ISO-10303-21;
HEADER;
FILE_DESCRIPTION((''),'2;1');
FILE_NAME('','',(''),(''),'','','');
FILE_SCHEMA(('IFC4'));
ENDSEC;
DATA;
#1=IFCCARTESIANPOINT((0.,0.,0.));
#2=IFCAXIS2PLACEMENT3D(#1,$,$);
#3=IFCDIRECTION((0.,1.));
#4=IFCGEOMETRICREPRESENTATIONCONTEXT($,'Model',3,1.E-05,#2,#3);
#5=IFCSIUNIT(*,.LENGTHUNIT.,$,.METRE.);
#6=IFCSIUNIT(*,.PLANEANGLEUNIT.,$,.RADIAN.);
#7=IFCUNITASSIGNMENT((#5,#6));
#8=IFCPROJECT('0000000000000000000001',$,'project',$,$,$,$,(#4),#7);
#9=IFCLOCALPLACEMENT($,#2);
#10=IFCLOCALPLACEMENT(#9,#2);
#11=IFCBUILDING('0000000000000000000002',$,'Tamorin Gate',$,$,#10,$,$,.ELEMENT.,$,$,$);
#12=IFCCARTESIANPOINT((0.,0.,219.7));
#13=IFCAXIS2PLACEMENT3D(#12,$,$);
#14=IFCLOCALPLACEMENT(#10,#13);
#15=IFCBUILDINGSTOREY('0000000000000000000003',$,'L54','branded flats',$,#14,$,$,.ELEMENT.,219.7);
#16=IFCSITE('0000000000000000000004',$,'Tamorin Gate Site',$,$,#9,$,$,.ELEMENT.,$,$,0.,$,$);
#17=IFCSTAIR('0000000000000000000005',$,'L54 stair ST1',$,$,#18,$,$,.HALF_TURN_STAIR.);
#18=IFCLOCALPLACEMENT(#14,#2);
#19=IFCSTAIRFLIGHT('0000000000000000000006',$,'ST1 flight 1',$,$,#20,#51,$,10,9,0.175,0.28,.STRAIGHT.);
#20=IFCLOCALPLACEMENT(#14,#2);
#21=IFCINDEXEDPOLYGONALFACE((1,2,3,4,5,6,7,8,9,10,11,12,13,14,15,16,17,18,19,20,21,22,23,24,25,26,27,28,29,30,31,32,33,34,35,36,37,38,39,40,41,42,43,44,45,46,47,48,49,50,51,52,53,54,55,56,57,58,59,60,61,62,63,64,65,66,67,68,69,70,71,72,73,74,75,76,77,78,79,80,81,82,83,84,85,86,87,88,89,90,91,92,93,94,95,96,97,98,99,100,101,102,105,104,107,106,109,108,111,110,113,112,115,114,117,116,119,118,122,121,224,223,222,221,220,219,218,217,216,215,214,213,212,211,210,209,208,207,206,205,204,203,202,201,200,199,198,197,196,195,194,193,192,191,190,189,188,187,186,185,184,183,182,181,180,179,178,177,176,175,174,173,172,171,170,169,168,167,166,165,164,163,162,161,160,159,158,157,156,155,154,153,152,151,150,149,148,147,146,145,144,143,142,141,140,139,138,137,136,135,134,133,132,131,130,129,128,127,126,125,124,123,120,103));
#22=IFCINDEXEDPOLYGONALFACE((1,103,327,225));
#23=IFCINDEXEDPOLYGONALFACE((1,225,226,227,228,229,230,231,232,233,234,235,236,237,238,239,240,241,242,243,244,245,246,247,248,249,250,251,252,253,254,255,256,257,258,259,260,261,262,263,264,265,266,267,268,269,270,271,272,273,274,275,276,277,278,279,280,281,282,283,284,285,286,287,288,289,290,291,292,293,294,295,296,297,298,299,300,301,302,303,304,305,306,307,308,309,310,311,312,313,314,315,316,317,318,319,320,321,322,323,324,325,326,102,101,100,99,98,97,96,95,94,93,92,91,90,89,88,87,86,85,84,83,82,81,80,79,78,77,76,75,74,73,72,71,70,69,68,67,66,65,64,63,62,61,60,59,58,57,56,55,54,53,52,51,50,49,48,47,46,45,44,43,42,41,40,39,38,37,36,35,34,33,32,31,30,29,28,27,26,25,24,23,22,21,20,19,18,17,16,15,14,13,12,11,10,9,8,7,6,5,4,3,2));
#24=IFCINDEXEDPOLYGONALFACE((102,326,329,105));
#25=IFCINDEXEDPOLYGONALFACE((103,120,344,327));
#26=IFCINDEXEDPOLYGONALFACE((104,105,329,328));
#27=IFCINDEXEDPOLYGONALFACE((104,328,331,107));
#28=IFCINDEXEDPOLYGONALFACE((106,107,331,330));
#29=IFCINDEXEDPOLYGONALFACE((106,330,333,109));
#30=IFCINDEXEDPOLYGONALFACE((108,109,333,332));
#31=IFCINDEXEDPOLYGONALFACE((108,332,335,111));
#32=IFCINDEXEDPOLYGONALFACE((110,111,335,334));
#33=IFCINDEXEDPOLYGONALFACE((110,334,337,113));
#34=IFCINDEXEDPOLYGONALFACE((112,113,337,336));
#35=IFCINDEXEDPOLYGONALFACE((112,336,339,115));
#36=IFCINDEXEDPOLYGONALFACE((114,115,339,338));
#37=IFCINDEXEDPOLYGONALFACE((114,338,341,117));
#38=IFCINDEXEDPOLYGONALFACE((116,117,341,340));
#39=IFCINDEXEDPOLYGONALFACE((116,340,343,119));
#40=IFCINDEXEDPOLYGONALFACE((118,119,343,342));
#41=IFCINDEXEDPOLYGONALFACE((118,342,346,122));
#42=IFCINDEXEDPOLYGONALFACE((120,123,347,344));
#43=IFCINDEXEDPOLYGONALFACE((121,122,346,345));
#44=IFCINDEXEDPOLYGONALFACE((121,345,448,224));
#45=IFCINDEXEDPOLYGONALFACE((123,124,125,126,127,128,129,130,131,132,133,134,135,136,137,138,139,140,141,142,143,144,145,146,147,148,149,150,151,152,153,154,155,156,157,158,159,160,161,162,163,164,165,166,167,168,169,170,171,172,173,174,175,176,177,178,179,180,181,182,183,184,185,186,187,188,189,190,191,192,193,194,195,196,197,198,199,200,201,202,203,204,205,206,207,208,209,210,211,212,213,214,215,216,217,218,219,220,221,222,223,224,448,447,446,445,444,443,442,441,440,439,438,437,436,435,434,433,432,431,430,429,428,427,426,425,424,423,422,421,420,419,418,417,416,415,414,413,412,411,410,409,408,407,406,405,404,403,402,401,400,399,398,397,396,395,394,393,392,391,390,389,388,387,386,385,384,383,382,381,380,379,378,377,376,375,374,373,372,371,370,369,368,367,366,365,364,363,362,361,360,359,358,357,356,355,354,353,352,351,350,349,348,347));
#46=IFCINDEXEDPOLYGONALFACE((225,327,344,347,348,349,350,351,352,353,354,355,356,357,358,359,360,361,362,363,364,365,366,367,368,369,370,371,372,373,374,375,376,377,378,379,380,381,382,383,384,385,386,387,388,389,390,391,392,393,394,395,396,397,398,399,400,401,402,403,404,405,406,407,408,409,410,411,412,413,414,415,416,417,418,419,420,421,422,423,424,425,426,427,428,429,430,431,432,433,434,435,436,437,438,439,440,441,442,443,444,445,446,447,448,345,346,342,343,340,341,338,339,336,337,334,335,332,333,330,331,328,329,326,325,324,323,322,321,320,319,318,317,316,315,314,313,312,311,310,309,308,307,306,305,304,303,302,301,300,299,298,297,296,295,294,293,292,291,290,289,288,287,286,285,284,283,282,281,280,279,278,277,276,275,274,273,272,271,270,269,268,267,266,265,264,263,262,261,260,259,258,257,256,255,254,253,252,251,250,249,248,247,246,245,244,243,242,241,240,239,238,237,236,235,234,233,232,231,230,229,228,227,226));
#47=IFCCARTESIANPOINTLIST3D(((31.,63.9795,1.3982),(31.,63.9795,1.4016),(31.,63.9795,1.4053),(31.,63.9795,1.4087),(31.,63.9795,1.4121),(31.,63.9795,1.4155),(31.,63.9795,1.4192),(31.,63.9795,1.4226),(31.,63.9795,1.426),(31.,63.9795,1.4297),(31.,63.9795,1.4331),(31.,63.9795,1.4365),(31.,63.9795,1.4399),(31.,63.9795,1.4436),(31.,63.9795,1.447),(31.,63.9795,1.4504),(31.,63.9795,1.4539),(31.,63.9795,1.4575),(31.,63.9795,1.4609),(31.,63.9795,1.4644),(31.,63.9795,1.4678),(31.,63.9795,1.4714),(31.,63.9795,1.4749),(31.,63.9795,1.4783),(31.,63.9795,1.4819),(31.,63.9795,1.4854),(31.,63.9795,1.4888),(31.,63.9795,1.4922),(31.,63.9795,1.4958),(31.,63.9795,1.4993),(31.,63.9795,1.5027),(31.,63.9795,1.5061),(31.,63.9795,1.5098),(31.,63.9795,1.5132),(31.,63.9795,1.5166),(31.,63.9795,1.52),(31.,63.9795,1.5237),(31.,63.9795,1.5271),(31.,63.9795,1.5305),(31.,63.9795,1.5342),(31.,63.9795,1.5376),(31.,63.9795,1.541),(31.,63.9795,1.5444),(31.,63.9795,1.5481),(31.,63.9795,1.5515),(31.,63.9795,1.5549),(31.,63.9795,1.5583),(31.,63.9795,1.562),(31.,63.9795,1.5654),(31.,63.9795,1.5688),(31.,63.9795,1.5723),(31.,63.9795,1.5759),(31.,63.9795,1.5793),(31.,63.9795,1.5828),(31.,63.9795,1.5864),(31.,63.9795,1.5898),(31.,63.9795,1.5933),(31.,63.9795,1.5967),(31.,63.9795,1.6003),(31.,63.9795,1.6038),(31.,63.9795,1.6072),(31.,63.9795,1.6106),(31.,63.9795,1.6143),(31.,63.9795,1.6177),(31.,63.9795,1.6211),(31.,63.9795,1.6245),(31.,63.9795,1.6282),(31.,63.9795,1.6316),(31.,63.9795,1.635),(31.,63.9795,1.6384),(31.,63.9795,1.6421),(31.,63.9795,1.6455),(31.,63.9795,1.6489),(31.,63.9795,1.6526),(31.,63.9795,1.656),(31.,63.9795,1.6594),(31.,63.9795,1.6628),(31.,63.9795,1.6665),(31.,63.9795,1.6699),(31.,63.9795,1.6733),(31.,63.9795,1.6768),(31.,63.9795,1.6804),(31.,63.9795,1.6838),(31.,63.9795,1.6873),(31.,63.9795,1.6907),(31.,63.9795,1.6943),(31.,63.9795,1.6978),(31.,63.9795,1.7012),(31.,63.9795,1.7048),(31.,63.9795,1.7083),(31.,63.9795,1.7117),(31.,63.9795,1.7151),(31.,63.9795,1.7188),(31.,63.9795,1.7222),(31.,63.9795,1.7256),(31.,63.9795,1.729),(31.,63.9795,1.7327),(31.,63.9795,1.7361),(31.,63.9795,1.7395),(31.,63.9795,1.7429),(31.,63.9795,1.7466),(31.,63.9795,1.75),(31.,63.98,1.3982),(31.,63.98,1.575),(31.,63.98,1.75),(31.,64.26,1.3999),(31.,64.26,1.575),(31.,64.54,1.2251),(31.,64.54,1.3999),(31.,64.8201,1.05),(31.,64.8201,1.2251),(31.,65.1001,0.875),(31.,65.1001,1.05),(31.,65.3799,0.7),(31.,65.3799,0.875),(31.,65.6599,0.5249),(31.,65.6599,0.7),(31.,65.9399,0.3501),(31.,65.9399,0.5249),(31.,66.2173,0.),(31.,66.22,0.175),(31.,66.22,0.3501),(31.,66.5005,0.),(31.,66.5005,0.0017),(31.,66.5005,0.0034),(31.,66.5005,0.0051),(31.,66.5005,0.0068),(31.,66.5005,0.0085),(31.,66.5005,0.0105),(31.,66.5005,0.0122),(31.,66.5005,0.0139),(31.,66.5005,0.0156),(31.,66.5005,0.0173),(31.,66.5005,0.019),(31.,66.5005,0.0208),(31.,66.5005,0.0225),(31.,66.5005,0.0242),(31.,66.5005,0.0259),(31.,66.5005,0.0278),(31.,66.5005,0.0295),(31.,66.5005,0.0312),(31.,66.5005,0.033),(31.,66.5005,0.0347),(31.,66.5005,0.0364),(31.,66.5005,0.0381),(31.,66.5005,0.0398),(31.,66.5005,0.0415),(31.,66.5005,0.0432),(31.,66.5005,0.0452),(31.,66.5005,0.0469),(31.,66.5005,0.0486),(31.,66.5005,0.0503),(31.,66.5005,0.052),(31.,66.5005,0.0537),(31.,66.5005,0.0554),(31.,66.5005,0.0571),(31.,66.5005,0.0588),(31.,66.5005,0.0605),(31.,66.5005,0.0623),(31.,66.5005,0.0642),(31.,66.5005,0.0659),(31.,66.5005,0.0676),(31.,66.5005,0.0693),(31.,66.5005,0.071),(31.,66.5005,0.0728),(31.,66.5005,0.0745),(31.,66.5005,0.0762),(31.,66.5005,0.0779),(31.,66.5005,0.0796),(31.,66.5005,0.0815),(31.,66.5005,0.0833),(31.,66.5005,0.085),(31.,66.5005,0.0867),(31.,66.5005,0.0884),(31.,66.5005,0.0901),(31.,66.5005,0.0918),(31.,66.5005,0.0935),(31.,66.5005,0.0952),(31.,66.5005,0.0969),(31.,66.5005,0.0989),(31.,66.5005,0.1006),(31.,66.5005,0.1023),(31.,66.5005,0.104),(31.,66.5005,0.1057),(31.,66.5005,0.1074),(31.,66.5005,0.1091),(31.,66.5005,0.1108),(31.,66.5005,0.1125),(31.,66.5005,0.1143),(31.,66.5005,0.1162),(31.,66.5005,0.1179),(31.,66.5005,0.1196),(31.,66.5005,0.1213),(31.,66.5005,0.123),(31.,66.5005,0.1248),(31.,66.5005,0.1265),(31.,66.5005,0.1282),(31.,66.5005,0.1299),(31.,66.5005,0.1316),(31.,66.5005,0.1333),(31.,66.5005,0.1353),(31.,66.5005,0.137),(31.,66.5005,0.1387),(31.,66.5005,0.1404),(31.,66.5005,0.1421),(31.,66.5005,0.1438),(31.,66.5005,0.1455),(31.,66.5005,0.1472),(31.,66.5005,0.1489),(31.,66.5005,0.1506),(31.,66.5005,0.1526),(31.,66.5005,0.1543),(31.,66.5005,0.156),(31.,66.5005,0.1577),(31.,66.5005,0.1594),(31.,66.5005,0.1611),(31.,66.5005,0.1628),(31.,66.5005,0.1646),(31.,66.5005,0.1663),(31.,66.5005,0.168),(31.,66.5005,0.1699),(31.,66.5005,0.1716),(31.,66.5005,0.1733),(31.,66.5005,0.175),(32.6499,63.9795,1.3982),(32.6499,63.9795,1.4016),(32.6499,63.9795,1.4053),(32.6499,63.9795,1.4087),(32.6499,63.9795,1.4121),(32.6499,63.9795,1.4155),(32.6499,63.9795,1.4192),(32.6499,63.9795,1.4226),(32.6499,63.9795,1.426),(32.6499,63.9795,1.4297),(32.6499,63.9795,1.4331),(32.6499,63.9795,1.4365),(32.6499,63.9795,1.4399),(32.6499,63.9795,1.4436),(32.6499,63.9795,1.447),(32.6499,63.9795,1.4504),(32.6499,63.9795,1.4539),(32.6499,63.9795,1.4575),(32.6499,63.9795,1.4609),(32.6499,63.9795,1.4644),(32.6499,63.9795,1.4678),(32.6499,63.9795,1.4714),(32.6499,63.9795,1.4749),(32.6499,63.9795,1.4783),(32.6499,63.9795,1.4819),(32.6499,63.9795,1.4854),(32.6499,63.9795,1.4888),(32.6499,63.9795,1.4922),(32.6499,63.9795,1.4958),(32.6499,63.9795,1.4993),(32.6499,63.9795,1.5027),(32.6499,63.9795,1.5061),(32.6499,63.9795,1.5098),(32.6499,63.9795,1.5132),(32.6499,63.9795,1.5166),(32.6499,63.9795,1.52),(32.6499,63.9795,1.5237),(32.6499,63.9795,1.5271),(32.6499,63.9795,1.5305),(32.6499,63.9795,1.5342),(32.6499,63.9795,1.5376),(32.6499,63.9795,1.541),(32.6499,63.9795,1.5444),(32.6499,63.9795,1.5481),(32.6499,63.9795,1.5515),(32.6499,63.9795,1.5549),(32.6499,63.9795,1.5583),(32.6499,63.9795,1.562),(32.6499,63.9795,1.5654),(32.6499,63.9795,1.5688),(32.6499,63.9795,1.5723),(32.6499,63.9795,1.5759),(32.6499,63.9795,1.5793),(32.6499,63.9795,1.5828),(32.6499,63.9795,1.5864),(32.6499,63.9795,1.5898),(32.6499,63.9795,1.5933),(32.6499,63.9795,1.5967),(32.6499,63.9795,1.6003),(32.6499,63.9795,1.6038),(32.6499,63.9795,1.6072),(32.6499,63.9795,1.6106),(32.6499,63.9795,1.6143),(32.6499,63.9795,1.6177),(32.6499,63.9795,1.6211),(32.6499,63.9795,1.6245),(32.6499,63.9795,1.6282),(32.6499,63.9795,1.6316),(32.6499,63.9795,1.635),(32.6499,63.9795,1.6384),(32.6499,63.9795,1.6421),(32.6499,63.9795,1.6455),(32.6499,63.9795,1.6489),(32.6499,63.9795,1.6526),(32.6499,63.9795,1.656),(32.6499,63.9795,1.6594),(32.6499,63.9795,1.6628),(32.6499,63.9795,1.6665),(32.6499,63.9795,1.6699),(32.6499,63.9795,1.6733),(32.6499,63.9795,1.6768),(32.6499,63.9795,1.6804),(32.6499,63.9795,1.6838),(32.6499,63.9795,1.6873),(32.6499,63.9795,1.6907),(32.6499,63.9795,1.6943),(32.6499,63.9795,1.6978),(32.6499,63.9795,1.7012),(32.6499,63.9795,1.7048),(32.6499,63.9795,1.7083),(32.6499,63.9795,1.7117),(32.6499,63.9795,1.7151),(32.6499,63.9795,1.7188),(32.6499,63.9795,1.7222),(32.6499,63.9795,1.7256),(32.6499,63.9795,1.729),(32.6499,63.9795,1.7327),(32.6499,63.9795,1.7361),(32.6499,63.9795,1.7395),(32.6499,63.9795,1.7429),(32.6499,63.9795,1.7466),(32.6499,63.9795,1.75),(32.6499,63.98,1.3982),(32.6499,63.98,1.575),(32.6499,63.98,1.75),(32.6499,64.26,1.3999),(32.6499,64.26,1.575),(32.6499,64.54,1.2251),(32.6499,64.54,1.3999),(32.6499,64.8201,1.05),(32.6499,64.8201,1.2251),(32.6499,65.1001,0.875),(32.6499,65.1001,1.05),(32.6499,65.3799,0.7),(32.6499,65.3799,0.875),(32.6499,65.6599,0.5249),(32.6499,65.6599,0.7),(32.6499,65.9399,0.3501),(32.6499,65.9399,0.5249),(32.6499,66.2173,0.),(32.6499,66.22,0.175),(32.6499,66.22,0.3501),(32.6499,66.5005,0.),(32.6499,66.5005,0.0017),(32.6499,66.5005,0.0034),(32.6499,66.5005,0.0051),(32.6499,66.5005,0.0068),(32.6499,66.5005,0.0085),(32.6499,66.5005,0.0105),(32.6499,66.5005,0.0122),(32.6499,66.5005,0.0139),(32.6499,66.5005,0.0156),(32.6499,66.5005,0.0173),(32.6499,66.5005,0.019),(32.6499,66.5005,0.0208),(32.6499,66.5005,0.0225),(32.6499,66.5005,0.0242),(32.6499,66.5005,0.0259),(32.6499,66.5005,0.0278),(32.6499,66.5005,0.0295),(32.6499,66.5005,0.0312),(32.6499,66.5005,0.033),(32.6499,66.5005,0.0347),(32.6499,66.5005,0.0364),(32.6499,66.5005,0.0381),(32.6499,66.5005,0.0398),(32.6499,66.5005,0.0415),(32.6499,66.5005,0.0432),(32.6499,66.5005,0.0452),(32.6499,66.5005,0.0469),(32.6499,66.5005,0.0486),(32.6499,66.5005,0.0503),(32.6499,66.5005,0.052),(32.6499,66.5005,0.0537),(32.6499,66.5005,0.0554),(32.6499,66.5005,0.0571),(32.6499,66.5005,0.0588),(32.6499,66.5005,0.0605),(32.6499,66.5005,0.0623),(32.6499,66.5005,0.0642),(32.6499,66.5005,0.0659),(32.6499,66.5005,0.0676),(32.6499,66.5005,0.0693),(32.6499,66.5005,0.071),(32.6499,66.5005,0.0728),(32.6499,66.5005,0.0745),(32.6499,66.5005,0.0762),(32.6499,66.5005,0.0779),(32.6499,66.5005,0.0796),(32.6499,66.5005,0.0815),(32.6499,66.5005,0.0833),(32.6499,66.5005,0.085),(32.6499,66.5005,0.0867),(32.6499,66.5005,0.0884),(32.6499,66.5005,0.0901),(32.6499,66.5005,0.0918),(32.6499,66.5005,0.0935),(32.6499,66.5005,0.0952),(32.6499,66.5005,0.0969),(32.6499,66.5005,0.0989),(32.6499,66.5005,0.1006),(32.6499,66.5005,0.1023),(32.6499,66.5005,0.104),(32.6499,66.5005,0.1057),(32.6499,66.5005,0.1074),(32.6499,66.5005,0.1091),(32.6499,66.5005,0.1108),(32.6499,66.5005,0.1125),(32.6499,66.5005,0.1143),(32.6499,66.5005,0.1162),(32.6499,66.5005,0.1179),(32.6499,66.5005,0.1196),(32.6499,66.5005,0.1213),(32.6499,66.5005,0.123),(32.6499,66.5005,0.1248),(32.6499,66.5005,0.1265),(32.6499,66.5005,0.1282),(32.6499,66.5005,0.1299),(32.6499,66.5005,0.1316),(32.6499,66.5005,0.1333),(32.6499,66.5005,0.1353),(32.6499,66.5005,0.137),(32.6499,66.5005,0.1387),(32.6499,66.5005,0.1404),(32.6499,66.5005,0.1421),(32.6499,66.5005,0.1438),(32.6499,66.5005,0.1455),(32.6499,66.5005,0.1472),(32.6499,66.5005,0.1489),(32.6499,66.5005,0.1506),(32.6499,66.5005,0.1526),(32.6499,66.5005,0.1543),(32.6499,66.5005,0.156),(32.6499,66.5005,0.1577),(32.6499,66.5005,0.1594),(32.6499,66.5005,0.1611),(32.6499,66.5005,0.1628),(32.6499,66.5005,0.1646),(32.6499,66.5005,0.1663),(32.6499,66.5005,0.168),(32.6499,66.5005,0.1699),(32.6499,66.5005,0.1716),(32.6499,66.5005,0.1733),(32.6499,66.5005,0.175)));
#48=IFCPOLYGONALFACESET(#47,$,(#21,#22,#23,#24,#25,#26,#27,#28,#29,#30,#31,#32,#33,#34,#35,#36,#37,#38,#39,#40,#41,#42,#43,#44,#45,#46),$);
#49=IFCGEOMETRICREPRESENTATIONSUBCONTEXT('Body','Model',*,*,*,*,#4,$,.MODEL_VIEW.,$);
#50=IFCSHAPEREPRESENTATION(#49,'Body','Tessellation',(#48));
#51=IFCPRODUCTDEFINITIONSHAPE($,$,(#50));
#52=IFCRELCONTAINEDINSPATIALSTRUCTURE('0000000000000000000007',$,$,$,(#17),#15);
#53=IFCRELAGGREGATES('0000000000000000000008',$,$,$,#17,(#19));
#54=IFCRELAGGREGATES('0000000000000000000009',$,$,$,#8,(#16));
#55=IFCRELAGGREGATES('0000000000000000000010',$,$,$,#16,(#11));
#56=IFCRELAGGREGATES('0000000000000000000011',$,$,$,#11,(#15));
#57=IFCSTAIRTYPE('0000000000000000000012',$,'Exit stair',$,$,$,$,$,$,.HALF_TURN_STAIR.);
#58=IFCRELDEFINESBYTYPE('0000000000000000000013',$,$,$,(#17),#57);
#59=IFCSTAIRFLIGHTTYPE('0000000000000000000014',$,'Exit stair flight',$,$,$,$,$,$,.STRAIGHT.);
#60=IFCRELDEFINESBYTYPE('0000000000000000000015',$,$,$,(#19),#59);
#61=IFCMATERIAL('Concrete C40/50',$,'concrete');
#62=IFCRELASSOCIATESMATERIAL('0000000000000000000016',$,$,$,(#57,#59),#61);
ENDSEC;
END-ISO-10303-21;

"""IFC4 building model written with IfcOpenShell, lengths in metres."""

from ifc_helpers import new_model, si_unit, direction, frame, origin, place, context, subcontext, project, spatial, polyline, outline, extrude, material, type_object, element, aggregate, save


model = new_model("IFC4")

# Units and contexts
model_context = context("Model", 3, precision=1e-05, world=origin(), true_north=direction((0.0, 1.0)))
body_context = subcontext(model_context, "Body", "Model", "MODEL_VIEW")
ifc_project = project(units=[si_unit("LENGTHUNIT", "METRE"), si_unit("PLANEANGLEUNIT", "RADIAN")], contexts=[model_context])

# Site, building, storey
site_placement = place(None, origin())
site = spatial("IfcSite", under=ifc_project, at=site_placement, Name="Tamorin Gate Site", CompositionType="ELEMENT", RefElevation=0.0)
building_placement = place(site_placement, origin())
building = spatial("IfcBuilding", under=site, at=building_placement, Name="Tamorin Gate", CompositionType="ELEMENT")
storey_placement = place(building_placement, frame((0.0, 0.0, 219.7)))
storey = spatial("IfcBuildingStorey", under=building, at=storey_placement, Name="L54", Description="branded flats", CompositionType="ELEMENT", Elevation=219.7)

# Shared definitions
ifc_material_1 = material(Name="Concrete C40/50", Category="concrete")

# Stair, stair flight
stair_type = type_object("IfcStairType", Name="Exit stair", PredefinedType="HALF_TURN_STAIR", material=ifc_material_1)
stair_1_placement = place(storey_placement, origin())
stair_1 = element("IfcStair", 1, at=stair_1_placement, inside=storey, type_object=stair_type, Name="L54 stair ST1", PredefinedType="HALF_TURN_STAIR")
stair_flight_type = type_object("IfcStairFlightType", Name="Exit stair flight", PredefinedType="STRAIGHT", material=ifc_material_1)
stair_flight_1_placement = place(storey_placement, frame((31.825, 66.5, 0.0), z_axis=(0.0, 0.0, 1.0), x_axis=(0.0, -1.0, 0.0)))
stair_flight_1 = element("IfcStairFlight", 2, at=stair_flight_1_placement, type_object=stair_flight_type, Name="ST1 flight 1", NumberOfRisers=10, NumberOfTreads=9, PredefinedType="STRAIGHT", RiserHeight=0.175, TreadLength=0.28, context=body_context, shape_type="SweptSolid", body=[
    extrude(outline(polyline([(-0.0005, 0.0), (-0.0005, 0.0017), (-0.0005, 0.0034), (-0.0005, 0.0051), (-0.0005, 0.0068), (-0.0005, 0.0085), (-0.0005, 0.0105), (-0.0005, 0.0122), (-0.0005, 0.0139), (-0.0005, 0.0156), (-0.0005, 0.0173), (-0.0005, 0.019), (-0.0005, 0.0208), (-0.0005, 0.0225), (-0.0005, 0.0242), (-0.0005, 0.0259), (-0.0005, 0.0278), (-0.0005, 0.0295), (-0.0005, 0.0312), (-0.0005, 0.033), (-0.0005, 0.0347), (-0.0005, 0.0364), (-0.0005, 0.0381), (-0.0005, 0.0398), (-0.0005, 0.0415), (-0.0005, 0.0432), (-0.0005, 0.0452), (-0.0005, 0.0469), (-0.0005, 0.0486), (-0.0005, 0.0503), (-0.0005, 0.052), (-0.0005, 0.0537), (-0.0005, 0.0554), (-0.0005, 0.0571), (-0.0005, 0.0588), (-0.0005, 0.0605), (-0.0005, 0.0623), (-0.0005, 0.0642), (-0.0005, 0.0659), (-0.0005, 0.0676), (-0.0005, 0.0693), (-0.0005, 0.071), (-0.0005, 0.0728), (-0.0005, 0.0745), (-0.0005, 0.0762), (-0.0005, 0.0779), (-0.0005, 0.0796), (-0.0005, 0.0815), (-0.0005, 0.0833), (-0.0005, 0.085), (-0.0005, 0.0867), (-0.0005, 0.0884), (-0.0005, 0.0901), (-0.0005, 0.0918), (-0.0005, 0.0935), (-0.0005, 0.0952), (-0.0005, 0.0969), (-0.0005, 0.0989), (-0.0005, 0.1006), (-0.0005, 0.1023), (-0.0005, 0.104), (-0.0005, 0.1057), (-0.0005, 0.1074), (-0.0005, 0.1091), (-0.0005, 0.1108), (-0.0005, 0.1125), (-0.0005, 0.1143), (-0.0005, 0.1162), (-0.0005, 0.1179), (-0.0005, 0.1196), (-0.0005, 0.1213), (-0.0005, 0.123), (-0.0005, 0.1248), (-0.0005, 0.1265), (-0.0005, 0.1282), (-0.0005, 0.1299), (-0.0005, 0.1316), (-0.0005, 0.1333), (-0.0005, 0.1353), (-0.0005, 0.137), (-0.0005, 0.1387), (-0.0005, 0.1404), (-0.0005, 0.1421), (-0.0005, 0.1438), (-0.0005, 0.1455), (-0.0005, 0.1472), (-0.0005, 0.1489), (-0.0005, 0.1506), (-0.0005, 0.1526), (-0.0005, 0.1543), (-0.0005, 0.156), (-0.0005, 0.1577), (-0.0005, 0.1594), (-0.0005, 0.1611), (-0.0005, 0.1628), (-0.0005, 0.1646), (-0.0005, 0.1663), (-0.0005, 0.168), (-0.0005, 0.1699), (-0.0005, 0.1716), (-0.0005, 0.1733), (-0.0005, 0.175), (0.28, 0.175), (0.28, 0.3501), (0.5601, 0.3501), (0.5601, 0.5249), (0.8401, 0.5249), (0.8401, 0.7), (1.1201, 0.7), (1.1201, 0.875), (1.3999, 0.875), (1.3999, 1.05), (1.6799, 1.05), (1.6799, 1.2251), (1.96, 1.2251), (1.96, 1.3999), (2.24, 1.3999), (2.24, 1.575), (2.52, 1.575), (2.52, 1.75), (2.5205, 1.75), (2.5205, 1.7466), (2.5205, 1.7429), (2.5205, 1.7395), (2.5205, 1.7361), (2.5205, 1.7327), (2.5205, 1.729), (2.5205, 1.7256), (2.5205, 1.7222), (2.5205, 1.7188), (2.5205, 1.7151), (2.5205, 1.7117), (2.5205, 1.7083), (2.5205, 1.7048), (2.5205, 1.7012), (2.5205, 1.6978), (2.5205, 1.6943), (2.5205, 1.6907), (2.5205, 1.6873), (2.5205, 1.6838), (2.5205, 1.6804), (2.5205, 1.6768), (2.5205, 1.6733), (2.5205, 1.6699), (2.5205, 1.6665), (2.5205, 1.6628), (2.5205, 1.6594), (2.5205, 1.656), (2.5205, 1.6526), (2.5205, 1.6489), (2.5205, 1.6455), (2.5205, 1.6421), (2.5205, 1.6384), (2.5205, 1.635), (2.5205, 1.6316), (2.5205, 1.6282), (2.5205, 1.6245), (2.5205, 1.6211), (2.5205, 1.6177), (2.5205, 1.6143), (2.5205, 1.6106), (2.5205, 1.6072), (2.5205, 1.6038), (2.5205, 1.6003), (2.5205, 1.5967), (2.5205, 1.5933), (2.5205, 1.5898), (2.5205, 1.5864), (2.5205, 1.5828), (2.5205, 1.5793), (2.5205, 1.5759), (2.5205, 1.5723), (2.5205, 1.5688), (2.5205, 1.5654), (2.5205, 1.562), (2.5205, 1.5583), (2.5205, 1.5549), (2.5205, 1.5515), (2.5205, 1.5481), (2.5205, 1.5444), (2.5205, 1.541), (2.5205, 1.5376), (2.5205, 1.5342), (2.5205, 1.5305), (2.5205, 1.5271), (2.5205, 1.5237), (2.5205, 1.52), (2.5205, 1.5166), (2.5205, 1.5132), (2.5205, 1.5098), (2.5205, 1.5061), (2.5205, 1.5027), (2.5205, 1.4993), (2.5205, 1.4958), (2.5205, 1.4922), (2.5205, 1.4888), (2.5205, 1.4854), (2.5205, 1.4819), (2.5205, 1.4783), (2.5205, 1.4749), (2.5205, 1.4714), (2.5205, 1.4678), (2.5205, 1.4644), (2.5205, 1.4609), (2.5205, 1.4575), (2.5205, 1.4539), (2.5205, 1.4504), (2.5205, 1.447), (2.5205, 1.4436), (2.5205, 1.4399), (2.5205, 1.4365), (2.5205, 1.4331), (2.5205, 1.4297), (2.5205, 1.426), (2.5205, 1.4226), (2.5205, 1.4192), (2.5205, 1.4155), (2.5205, 1.4121), (2.5205, 1.4087), (2.5205, 1.4053), (2.5205, 1.4016), (2.5205, 1.3982), (2.52, 1.3982), (0.2827, 0.0), (-0.0005, 0.0)])), frame((0.0, 0.825, 0.0), z_axis=(0.0, -1.0, 0.0), x_axis=(1.0, 0.0, 0.0)), (0.0, 0.0, 1.0), 1.6499),
])
aggregate(stair_1, [stair_flight_1])

save(model, "model.ifc")
